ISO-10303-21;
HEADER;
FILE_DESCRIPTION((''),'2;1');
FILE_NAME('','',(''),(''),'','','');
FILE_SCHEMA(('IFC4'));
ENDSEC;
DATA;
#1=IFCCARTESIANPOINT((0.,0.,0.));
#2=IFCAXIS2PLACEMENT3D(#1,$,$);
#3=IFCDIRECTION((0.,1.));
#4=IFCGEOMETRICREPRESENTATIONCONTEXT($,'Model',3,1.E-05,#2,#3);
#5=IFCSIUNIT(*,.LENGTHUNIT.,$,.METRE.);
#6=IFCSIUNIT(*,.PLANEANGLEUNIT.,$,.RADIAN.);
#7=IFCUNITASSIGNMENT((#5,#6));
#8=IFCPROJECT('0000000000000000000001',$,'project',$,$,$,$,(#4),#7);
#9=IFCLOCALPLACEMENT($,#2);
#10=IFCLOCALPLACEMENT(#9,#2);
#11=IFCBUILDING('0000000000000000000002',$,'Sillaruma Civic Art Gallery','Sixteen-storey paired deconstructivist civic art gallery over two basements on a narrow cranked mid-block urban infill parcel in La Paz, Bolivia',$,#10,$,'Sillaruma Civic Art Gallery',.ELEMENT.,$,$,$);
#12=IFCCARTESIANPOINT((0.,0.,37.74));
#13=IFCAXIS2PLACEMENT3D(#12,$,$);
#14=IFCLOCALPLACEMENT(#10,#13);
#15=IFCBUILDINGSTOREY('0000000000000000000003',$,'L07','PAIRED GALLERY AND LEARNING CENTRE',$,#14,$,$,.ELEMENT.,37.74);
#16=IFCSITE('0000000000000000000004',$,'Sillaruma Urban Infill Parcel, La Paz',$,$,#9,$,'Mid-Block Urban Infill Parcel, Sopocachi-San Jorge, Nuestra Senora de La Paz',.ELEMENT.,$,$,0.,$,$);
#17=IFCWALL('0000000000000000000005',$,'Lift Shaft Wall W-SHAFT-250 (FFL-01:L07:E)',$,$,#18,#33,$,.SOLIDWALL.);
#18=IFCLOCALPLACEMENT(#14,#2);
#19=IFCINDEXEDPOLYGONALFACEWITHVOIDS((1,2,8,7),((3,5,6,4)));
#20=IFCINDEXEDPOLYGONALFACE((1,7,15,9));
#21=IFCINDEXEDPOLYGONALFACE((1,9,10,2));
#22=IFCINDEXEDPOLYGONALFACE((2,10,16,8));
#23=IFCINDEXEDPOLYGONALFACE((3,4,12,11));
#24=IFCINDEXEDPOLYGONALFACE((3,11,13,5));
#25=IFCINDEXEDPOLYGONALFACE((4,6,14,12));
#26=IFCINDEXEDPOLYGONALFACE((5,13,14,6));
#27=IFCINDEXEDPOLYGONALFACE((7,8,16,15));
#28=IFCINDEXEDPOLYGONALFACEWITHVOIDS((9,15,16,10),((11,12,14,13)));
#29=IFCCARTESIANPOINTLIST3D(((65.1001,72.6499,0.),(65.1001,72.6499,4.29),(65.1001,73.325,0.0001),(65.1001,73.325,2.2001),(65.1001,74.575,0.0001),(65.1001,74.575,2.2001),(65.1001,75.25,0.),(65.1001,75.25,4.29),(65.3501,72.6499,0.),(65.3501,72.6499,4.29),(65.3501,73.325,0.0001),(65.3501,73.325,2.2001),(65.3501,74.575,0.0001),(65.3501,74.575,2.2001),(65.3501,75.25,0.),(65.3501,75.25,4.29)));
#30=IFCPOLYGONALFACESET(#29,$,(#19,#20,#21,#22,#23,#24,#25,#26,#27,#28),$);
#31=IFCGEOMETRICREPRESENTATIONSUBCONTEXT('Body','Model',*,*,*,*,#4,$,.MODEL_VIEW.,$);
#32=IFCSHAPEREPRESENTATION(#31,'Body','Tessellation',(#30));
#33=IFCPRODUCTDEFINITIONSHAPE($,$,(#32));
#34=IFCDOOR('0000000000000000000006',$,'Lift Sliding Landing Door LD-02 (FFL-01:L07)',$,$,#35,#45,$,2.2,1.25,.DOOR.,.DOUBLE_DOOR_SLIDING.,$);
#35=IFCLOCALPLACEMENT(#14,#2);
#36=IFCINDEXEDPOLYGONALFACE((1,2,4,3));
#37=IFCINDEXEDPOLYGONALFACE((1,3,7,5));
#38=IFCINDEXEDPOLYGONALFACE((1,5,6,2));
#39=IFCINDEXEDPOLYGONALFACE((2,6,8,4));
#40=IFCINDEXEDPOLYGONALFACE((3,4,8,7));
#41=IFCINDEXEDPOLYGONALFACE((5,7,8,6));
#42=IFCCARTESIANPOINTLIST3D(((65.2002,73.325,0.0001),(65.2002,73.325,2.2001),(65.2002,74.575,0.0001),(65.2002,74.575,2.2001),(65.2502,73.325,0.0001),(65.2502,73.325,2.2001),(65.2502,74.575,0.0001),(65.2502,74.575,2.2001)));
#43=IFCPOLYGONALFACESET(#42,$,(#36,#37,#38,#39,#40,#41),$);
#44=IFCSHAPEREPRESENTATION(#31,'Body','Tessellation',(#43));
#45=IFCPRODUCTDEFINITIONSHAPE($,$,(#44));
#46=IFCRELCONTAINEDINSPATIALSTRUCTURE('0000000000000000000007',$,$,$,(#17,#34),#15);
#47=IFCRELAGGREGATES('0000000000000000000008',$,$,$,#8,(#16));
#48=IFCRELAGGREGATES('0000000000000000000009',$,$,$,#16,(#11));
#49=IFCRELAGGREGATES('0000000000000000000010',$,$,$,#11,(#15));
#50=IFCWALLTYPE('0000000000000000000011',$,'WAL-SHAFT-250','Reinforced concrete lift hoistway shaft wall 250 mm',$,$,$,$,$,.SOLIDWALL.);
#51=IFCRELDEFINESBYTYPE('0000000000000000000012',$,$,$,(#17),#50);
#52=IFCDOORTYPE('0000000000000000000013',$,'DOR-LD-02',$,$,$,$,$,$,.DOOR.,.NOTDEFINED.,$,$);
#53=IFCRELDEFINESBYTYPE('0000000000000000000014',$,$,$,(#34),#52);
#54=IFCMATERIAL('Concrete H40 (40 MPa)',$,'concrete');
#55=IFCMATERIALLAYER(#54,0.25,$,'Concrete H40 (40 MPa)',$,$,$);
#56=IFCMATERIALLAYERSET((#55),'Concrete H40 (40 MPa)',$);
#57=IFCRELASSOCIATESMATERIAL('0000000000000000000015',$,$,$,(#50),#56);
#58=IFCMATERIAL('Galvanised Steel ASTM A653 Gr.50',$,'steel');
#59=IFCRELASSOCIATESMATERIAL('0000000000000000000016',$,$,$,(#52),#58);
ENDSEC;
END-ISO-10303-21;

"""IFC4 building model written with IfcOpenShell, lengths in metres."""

from ifc_helpers import new_model, si_unit, direction, frame, frame_2d, origin, place, context, subcontext, project, spatial, rectangle, extrude, material, layer, layer_set, type_object, element, fill, save


model = new_model("IFC4")

# Units and contexts
model_context = context("Model", 3, precision=1e-05, world=origin(), true_north=direction((0.0, 1.0)))
body_context = subcontext(model_context, "Body", "Model", "MODEL_VIEW")
ifc_project = project(units=[si_unit("LENGTHUNIT", "METRE"), si_unit("PLANEANGLEUNIT", "RADIAN")], contexts=[model_context])

# Site, building, storey
site_placement = place(None, origin())
site = spatial("IfcSite", under=ifc_project, at=site_placement, Name="Sillaruma Urban Infill Parcel, La Paz", LongName="Mid-Block Urban Infill Parcel, Sopocachi-San Jorge, Nuestra Senora de La Paz", CompositionType="ELEMENT", RefElevation=0.0)
building_placement = place(site_placement, origin())
building = spatial("IfcBuilding", under=site, at=building_placement, Name="Sillaruma Civic Art Gallery", Description="Sixteen-storey paired deconstructivist civic art gallery over two basements on a narrow cranked mid-block urban infill parcel in La Paz, Bolivia", LongName="Sillaruma Civic Art Gallery", CompositionType="ELEMENT")
storey_placement = place(building_placement, frame((0.0, 0.0, 37.74)))
storey = spatial("IfcBuildingStorey", under=building, at=storey_placement, Name="L07", Description="PAIRED GALLERY AND LEARNING CENTRE", CompositionType="ELEMENT", Elevation=37.74)

# Shared definitions
ifc_material_1 = material(Name="Concrete H40 (40 MPa)", Category="concrete")

# Shared definitions
ifc_material_2 = material(Name="Galvanised Steel ASTM A653 Gr.50", Category="steel")

# Shared definitions
ifc_layer_1 = layer(ifc_material_1, 0.25, Name="Concrete H40 (40 MPa)")
ifc_layer_set_1 = layer_set([ifc_layer_1], Name="Concrete H40 (40 MPa)")
wall_type_1 = type_object("IfcWallType", Name="WAL-SHAFT-250", Description="Reinforced concrete lift hoistway shaft wall 250 mm", PredefinedType="SOLIDWALL", material=ifc_layer_set_1)

# Wall, opening, door
wall_1_placement = place(storey_placement, frame((65.2251, 72.6499, 0.0), z_axis=(0.0, 0.0, 1.0), x_axis=(0.0, 1.0, 0.0)))
wall_1 = element("IfcWall", 1, at=wall_1_placement, inside=storey, type_object=wall_type_1, Name="Lift Shaft Wall W-SHAFT-250 (FFL-01:L07:E)", PredefinedType="SOLIDWALL", context=body_context, shape_type="SweptSolid", body=[
    extrude(rectangle(XDim=2.6001, YDim=0.25, at=frame_2d((1.3, 0.0))), origin(), (0.0, 0.0, 1.0), 4.29),
])
opening_1_placement = place(wall_1_placement, frame((0.675, 0.0, 0.0)))
opening_1 = element("IfcOpeningElement", 2, at=opening_1_placement, cuts=wall_1, PredefinedType="OPENING", context=body_context, shape_type="SweptSolid", body=[
    extrude(rectangle(XDim=1.25, YDim=2.2, at=frame_2d((0.625, 1.1001))), frame((0.0, 0.135, 0.0), z_axis=(0.0, -1.0, 0.0), x_axis=(1.0, 0.0, 0.0)), (0.0, 0.0, 1.0), 0.27),
])
door_type_1 = type_object("IfcDoorType", Name="DOR-LD-02", OperationType="NOTDEFINED", PredefinedType="DOOR", material=ifc_material_2)
door_1_placement = place(opening_1_placement, origin())
door_1 = element("IfcDoor", 3, at=door_1_placement, inside=storey, type_object=door_type_1, Name="Lift Sliding Landing Door LD-02 (FFL-01:L07)", OperationType="DOUBLE_DOOR_SLIDING", OverallHeight=2.2, OverallWidth=1.25, PredefinedType="DOOR", context=body_context, shape_type="SweptSolid", body=[
    extrude(rectangle(XDim=1.25, YDim=2.2, at=frame_2d((0.625, 1.1001))), frame((0.0, 0.0249, 0.0), z_axis=(0.0, -1.0, 0.0), x_axis=(1.0, 0.0, 0.0)), (0.0, 0.0, 1.0), 0.05),
])
fill(opening_1, door_1)

save(model, "model.ifc")
